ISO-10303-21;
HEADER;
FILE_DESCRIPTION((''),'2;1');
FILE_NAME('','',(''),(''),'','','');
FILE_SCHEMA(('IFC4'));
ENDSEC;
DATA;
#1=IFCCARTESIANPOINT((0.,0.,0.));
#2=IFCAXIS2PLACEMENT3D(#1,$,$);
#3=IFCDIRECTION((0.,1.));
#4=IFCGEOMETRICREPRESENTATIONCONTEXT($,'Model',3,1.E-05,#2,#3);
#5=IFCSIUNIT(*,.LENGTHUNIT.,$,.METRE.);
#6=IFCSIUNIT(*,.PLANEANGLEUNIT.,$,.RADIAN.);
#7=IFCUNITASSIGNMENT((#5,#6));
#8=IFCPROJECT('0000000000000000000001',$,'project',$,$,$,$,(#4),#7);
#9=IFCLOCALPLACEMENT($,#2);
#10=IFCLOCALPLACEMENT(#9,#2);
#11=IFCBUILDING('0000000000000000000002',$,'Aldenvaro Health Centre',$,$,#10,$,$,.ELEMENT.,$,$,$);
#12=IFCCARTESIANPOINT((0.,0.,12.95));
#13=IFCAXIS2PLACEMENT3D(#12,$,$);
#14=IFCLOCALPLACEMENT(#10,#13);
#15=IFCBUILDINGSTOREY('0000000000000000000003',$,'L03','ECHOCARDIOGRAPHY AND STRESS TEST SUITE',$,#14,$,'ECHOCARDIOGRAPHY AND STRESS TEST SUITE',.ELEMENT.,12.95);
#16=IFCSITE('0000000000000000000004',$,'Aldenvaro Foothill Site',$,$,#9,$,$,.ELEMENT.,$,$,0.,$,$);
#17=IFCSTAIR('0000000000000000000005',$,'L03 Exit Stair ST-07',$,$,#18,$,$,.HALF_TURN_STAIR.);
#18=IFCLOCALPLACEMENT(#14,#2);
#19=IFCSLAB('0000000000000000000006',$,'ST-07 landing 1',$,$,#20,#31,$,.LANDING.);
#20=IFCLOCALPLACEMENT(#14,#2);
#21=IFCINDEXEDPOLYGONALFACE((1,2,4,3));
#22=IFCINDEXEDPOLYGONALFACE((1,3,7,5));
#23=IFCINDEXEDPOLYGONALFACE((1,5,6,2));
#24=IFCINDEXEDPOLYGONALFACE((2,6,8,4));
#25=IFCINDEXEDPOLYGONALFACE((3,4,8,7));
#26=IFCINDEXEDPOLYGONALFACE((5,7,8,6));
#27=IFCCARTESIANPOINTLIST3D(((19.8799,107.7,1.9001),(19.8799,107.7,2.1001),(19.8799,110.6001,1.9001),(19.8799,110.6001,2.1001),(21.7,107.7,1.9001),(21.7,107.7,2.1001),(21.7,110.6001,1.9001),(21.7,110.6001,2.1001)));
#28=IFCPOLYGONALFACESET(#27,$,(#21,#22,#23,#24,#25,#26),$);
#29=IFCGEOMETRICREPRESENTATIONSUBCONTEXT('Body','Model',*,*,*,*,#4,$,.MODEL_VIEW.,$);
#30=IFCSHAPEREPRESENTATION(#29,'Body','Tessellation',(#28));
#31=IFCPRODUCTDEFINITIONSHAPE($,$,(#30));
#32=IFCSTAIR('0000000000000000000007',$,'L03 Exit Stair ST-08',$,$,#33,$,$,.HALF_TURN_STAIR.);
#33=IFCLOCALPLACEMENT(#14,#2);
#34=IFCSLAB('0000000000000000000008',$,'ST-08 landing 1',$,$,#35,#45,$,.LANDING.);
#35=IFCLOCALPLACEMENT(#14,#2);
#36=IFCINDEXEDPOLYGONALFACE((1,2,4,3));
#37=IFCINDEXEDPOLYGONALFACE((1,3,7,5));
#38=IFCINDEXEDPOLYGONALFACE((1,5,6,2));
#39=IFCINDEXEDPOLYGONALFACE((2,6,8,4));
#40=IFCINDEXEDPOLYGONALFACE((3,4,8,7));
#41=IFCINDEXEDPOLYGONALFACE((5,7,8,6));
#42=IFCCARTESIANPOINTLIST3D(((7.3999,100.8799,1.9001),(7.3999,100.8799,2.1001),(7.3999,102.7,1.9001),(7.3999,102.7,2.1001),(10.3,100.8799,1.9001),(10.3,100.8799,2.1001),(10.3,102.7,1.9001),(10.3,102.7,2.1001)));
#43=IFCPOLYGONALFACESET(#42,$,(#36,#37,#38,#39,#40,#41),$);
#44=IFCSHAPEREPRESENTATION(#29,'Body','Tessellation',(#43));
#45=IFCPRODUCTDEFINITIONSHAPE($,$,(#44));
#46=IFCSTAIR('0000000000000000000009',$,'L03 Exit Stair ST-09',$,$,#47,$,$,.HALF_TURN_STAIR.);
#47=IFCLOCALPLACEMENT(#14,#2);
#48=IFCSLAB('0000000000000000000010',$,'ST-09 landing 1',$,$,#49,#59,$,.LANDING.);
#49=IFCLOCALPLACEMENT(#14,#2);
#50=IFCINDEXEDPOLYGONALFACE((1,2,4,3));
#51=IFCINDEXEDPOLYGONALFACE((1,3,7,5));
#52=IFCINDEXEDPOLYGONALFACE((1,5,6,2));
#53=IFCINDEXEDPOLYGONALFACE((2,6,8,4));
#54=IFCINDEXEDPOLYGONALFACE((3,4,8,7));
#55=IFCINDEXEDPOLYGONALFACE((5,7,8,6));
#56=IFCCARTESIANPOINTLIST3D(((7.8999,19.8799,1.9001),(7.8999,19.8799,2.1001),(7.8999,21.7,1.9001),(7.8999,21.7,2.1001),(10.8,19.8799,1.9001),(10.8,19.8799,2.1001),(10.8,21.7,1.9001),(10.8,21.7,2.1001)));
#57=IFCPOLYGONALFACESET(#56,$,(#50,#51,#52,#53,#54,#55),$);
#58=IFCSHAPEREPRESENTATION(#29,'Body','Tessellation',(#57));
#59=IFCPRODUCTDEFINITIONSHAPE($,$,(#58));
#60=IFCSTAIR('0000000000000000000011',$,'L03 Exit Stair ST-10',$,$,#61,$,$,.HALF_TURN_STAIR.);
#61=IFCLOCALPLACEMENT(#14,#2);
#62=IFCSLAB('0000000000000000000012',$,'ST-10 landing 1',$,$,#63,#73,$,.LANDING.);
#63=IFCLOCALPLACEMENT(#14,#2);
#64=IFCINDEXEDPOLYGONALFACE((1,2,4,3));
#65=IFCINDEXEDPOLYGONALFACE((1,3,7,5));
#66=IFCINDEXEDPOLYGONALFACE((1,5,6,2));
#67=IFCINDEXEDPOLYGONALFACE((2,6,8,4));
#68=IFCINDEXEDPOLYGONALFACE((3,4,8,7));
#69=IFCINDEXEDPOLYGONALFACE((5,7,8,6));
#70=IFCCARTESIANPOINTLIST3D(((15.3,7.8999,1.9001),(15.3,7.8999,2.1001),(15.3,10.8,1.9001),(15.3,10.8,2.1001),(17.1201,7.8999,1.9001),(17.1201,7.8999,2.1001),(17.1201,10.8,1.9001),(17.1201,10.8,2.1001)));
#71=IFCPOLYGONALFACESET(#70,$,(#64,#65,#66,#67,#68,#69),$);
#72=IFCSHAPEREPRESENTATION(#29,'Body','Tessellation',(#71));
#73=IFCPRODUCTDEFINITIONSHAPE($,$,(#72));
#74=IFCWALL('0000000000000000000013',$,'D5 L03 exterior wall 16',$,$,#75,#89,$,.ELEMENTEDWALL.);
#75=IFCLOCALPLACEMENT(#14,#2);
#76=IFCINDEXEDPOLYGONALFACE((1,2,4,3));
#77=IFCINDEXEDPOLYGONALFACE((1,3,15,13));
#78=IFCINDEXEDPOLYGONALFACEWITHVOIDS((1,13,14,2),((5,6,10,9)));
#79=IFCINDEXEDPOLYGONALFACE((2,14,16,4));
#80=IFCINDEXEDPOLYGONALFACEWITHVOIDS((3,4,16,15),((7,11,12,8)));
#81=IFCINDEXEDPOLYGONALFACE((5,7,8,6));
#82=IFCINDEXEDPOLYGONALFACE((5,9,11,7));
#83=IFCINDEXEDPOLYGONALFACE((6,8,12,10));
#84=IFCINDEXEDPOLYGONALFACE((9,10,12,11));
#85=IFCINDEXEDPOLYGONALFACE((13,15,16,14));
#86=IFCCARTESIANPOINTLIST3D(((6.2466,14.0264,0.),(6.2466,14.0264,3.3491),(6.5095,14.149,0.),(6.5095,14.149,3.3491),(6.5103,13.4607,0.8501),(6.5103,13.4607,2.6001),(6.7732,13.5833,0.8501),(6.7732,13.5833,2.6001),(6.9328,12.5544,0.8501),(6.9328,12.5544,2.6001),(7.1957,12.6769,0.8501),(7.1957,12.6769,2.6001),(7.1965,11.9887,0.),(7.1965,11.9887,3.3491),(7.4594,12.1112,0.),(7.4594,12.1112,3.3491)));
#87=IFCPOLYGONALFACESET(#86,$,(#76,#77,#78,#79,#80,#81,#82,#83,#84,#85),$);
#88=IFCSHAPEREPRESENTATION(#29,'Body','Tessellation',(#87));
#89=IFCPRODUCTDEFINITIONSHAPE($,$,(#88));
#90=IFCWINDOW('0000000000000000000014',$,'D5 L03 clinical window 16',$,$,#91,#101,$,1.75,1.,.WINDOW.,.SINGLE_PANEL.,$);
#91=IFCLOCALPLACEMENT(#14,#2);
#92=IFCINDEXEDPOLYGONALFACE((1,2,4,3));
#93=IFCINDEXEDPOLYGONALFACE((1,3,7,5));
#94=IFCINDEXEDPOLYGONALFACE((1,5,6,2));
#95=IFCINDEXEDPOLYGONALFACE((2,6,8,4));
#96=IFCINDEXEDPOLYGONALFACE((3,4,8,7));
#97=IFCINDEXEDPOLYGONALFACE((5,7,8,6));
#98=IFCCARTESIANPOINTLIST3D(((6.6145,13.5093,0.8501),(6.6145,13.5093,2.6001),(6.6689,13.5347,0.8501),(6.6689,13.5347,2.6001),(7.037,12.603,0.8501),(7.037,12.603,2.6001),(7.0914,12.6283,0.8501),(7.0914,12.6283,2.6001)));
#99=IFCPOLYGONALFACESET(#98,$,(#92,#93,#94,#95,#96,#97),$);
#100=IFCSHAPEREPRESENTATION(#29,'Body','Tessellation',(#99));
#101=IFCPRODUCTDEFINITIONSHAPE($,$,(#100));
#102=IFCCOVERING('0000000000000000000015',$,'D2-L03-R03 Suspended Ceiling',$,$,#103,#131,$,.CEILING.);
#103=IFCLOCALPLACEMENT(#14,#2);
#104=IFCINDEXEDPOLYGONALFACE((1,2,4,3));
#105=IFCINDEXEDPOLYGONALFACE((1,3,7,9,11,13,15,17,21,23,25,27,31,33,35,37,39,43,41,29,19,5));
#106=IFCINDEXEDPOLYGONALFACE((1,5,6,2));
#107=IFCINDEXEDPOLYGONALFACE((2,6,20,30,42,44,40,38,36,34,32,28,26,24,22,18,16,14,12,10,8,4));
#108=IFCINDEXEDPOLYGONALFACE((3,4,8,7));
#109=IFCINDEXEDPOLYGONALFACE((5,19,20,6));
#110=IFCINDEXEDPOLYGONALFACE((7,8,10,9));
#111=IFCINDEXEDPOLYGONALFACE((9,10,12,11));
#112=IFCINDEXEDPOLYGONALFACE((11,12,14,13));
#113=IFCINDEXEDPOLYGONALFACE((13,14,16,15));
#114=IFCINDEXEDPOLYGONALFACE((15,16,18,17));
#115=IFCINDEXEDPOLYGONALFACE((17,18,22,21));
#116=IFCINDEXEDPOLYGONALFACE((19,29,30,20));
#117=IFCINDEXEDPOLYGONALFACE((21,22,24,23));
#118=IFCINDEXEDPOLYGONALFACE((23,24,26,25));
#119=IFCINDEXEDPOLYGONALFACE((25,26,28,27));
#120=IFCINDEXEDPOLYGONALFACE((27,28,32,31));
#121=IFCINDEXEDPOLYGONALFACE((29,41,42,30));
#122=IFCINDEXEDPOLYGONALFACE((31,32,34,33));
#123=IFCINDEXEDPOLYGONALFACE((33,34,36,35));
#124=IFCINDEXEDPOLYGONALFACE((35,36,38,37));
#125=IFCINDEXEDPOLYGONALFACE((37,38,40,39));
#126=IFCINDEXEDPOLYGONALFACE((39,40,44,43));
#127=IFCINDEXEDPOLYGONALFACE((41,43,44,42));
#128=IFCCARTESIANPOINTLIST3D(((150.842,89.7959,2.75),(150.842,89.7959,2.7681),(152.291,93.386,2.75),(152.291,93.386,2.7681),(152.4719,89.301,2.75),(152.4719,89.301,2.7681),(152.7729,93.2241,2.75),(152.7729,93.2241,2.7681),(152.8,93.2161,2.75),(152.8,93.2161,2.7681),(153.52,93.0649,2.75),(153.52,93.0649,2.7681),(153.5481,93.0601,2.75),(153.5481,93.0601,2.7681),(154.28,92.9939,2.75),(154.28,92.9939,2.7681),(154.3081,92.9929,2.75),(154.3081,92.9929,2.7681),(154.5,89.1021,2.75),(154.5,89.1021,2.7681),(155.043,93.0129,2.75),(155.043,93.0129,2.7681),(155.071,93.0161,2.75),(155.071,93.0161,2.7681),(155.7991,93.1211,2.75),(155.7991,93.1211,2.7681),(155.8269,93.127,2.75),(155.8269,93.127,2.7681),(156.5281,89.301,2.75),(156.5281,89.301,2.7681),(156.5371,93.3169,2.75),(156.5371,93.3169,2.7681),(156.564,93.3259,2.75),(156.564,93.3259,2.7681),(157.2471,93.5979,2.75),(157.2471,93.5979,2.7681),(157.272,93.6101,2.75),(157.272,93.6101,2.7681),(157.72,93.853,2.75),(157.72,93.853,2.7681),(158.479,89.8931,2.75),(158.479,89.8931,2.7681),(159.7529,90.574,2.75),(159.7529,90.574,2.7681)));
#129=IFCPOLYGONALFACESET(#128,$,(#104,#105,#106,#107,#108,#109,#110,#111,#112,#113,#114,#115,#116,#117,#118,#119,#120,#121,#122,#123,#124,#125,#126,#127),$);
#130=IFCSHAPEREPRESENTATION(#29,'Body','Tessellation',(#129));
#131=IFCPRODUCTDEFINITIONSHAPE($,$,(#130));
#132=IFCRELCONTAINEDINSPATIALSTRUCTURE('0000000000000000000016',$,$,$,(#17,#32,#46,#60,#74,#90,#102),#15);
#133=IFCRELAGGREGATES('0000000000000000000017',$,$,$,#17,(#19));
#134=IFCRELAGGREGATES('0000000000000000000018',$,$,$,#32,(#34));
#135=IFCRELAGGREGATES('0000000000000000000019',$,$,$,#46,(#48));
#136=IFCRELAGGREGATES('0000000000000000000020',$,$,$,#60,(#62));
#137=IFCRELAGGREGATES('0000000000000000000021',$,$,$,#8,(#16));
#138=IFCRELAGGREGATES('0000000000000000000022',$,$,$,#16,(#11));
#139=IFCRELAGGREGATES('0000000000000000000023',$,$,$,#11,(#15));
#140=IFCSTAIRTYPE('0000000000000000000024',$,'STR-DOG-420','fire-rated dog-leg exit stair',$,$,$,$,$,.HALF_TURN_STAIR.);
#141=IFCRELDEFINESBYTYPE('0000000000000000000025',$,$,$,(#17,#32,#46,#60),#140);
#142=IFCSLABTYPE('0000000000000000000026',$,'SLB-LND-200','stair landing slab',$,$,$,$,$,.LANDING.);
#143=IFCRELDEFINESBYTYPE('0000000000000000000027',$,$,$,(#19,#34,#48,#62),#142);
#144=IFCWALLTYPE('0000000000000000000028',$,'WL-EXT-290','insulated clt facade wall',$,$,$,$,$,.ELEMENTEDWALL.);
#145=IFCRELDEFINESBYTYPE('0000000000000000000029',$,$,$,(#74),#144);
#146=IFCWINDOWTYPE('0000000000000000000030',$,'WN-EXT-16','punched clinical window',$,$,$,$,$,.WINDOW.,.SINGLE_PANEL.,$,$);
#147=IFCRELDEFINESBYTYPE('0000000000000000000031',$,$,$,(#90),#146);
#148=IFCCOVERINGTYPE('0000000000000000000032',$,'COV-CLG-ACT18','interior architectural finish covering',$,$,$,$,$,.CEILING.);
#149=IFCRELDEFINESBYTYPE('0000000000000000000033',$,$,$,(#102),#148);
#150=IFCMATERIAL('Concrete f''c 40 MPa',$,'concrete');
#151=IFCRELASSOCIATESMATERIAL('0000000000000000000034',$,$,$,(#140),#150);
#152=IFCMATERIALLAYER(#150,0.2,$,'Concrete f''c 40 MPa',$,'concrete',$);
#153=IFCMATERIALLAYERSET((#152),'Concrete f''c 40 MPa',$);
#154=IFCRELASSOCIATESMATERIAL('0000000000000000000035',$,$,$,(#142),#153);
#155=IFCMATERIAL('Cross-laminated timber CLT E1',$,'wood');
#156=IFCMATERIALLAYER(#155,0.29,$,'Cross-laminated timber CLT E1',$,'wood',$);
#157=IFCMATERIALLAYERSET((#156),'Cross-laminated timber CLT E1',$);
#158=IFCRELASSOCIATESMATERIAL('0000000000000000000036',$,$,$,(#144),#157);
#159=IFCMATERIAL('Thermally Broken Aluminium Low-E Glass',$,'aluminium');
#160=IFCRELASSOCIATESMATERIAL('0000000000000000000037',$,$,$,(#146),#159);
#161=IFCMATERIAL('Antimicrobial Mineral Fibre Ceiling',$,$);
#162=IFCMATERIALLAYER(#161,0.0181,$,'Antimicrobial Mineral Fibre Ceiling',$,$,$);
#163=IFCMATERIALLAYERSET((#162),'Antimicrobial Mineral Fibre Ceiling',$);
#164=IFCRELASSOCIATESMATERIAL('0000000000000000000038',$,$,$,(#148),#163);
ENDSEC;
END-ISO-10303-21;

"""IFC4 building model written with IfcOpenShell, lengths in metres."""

from ifc_helpers import new_model, si_unit, direction, frame, frame_2d, origin, place, context, subcontext, project, spatial, polyline, rectangle, outline, extrude, material, layer, layer_set, type_object, element, fill, aggregate, save


model = new_model("IFC4")

# Units and contexts
model_context = context("Model", 3, precision=1e-05, world=origin(), true_north=direction((0.0, 1.0)))
body_context = subcontext(model_context, "Body", "Model", "MODEL_VIEW")
ifc_project = project(units=[si_unit("LENGTHUNIT", "METRE"), si_unit("PLANEANGLEUNIT", "RADIAN")], contexts=[model_context])

# Site, building, storey
site_placement = place(None, origin())
site = spatial("IfcSite", under=ifc_project, at=site_placement, Name="Aldenvaro Foothill Site", CompositionType="ELEMENT", RefElevation=0.0)
building_placement = place(site_placement, origin())
building = spatial("IfcBuilding", under=site, at=building_placement, Name="Aldenvaro Health Centre", CompositionType="ELEMENT")
storey_placement = place(building_placement, frame((0.0, 0.0, 12.95)))
storey = spatial("IfcBuildingStorey", under=building, at=storey_placement, Name="L03", Description="ECHOCARDIOGRAPHY AND STRESS TEST SUITE", LongName="ECHOCARDIOGRAPHY AND STRESS TEST SUITE", CompositionType="ELEMENT", Elevation=12.95)

# Stairs, slabs
ifc_material_1 = material(Name="Concrete f'c 40 MPa", Category="concrete")
stair_type = type_object("IfcStairType", Name="STR-DOG-420", Description="fire-rated dog-leg exit stair", PredefinedType="HALF_TURN_STAIR", material=ifc_material_1)
stair_1_placement = place(storey_placement, origin())
stair_1 = element("IfcStair", 1, at=stair_1_placement, inside=storey, type_object=stair_type, Name="L03 Exit Stair ST-07", PredefinedType="HALF_TURN_STAIR")
ifc_layer_1 = layer(ifc_material_1, 0.2, Name="Concrete f'c 40 MPa", Category="concrete")
ifc_layer_set_1 = layer_set([ifc_layer_1], Name="Concrete f'c 40 MPa")
slab_type = type_object("IfcSlabType", Name="SLB-LND-200", Description="stair landing slab", PredefinedType="LANDING", material=ifc_layer_set_1)
slab_1_placement = place(storey_placement, frame((0.0, 0.0, 1.9001)))
slab_1 = element("IfcSlab", 2, at=slab_1_placement, type_object=slab_type, Name="ST-07 landing 1", PredefinedType="LANDING", context=body_context, shape_type="SweptSolid", body=[
    extrude(outline(polyline([(19.8799, 107.7), (21.7, 107.7), (21.7, 110.6001), (19.8799, 110.6001), (19.8799, 107.7)])), origin(), (0.0, 0.0, 1.0), 0.2),
])
aggregate(stair_1, [slab_1])
stair_2_placement = place(storey_placement, origin())
stair_2 = element("IfcStair", 3, at=stair_2_placement, inside=storey, type_object=stair_type, Name="L03 Exit Stair ST-08", PredefinedType="HALF_TURN_STAIR")
slab_2_placement = place(storey_placement, frame((0.0, 0.0, 1.9001)))
slab_2 = element("IfcSlab", 4, at=slab_2_placement, type_object=slab_type, Name="ST-08 landing 1", PredefinedType="LANDING", context=body_context, shape_type="SweptSolid", body=[
    extrude(outline(polyline([(10.3, 100.8799), (10.3, 102.7), (7.3999, 102.7), (7.3999, 100.8799), (10.3, 100.8799)])), origin(), (0.0, 0.0, 1.0), 0.2),
])
aggregate(stair_2, [slab_2])
stair_3_placement = place(storey_placement, origin())
stair_3 = element("IfcStair", 5, at=stair_3_placement, inside=storey, type_object=stair_type, Name="L03 Exit Stair ST-09", PredefinedType="HALF_TURN_STAIR")
slab_3_placement = place(storey_placement, frame((0.0, 0.0, 1.9001)))
slab_3 = element("IfcSlab", 6, at=slab_3_placement, type_object=slab_type, Name="ST-09 landing 1", PredefinedType="LANDING", context=body_context, shape_type="SweptSolid", body=[
    extrude(outline(polyline([(10.8, 19.8799), (10.8, 21.7), (7.8999, 21.7), (7.8999, 19.8799), (10.8, 19.8799)])), origin(), (0.0, 0.0, 1.0), 0.2),
])
aggregate(stair_3, [slab_3])
stair_4_placement = place(storey_placement, origin())
stair_4 = element("IfcStair", 7, at=stair_4_placement, inside=storey, type_object=stair_type, Name="L03 Exit Stair ST-10", PredefinedType="HALF_TURN_STAIR")
slab_4_placement = place(storey_placement, frame((0.0, 0.0, 1.9001)))
slab_4 = element("IfcSlab", 8, at=slab_4_placement, type_object=slab_type, Name="ST-10 landing 1", PredefinedType="LANDING", context=body_context, shape_type="SweptSolid", body=[
    extrude(outline(polyline([(17.1201, 10.8), (15.3, 10.8), (15.3, 7.8999), (17.1201, 7.8999), (17.1201, 10.8)])), origin(), (0.0, 0.0, 1.0), 0.2),
])
aggregate(stair_4, [slab_4])

# Wall, opening, window
ifc_material_2 = material(Name="Cross-laminated timber CLT E1", Category="wood")
ifc_layer_2 = layer(ifc_material_2, 0.29, Name="Cross-laminated timber CLT E1", Category="wood")
ifc_layer_set_2 = layer_set([ifc_layer_2], Name="Cross-laminated timber CLT E1")
wall_type = type_object("IfcWallType", Name="WL-EXT-290", Description="insulated clt facade wall", PredefinedType="ELEMENTEDWALL", material=ifc_layer_set_2)
wall_placement = place(storey_placement, frame((7.3279, 12.05, 0.0), z_axis=(0.0, 0.0, 1.0), x_axis=(-0.422505, 0.906361, 0.0)))
wall = element("IfcWall", 9, at=wall_placement, inside=storey, type_object=wall_type, Name="D5 L03 exterior wall 16", PredefinedType="ELEMENTEDWALL", context=body_context, shape_type="SweptSolid", body=[
    extrude(rectangle(XDim=2.2483, YDim=0.29, at=frame_2d((1.124, 0.0))), origin(), (0.0, 0.0, 1.0), 3.3491),
])
opening_placement = place(wall_placement, frame((0.624, 0.0, 0.8501)))
opening = element("IfcOpeningElement", 10, at=opening_placement, cuts=wall, PredefinedType="OPENING", context=body_context, shape_type="SweptSolid", body=[
    extrude(rectangle(XDim=1.0, YDim=1.75, at=frame_2d((0.5, 0.875))), frame((0.0, 0.155, 0.0), z_axis=(0.0, -1.0, 0.0), x_axis=(1.0, 0.0, 0.0)), (0.0, 0.0, 1.0), 0.3101),
])
ifc_material_3 = material(Name="Thermally Broken Aluminium Low-E Glass", Category="aluminium")
window_type = type_object("IfcWindowType", Name="WN-EXT-16", Description="punched clinical window", PartitioningType="SINGLE_PANEL", PredefinedType="WINDOW", material=ifc_material_3)
window_placement = place(opening_placement, origin())
window = element("IfcWindow", 11, at=window_placement, inside=storey, type_object=window_type, Name="D5 L03 clinical window 16", OverallHeight=1.75, OverallWidth=1.0, PartitioningType="SINGLE_PANEL", PredefinedType="WINDOW", context=body_context, shape_type="SweptSolid", body=[
    extrude(rectangle(XDim=1.0, YDim=1.75, at=frame_2d((0.5, 0.875))), frame((0.0, 0.03, 0.0), z_axis=(0.0, -1.0, 0.0), x_axis=(1.0, 0.0, 0.0)), (0.0, 0.0, 1.0), 0.0601),
])
fill(opening, window)

# Covering
ifc_material_4 = material(Name="Antimicrobial Mineral Fibre Ceiling")
ifc_layer_3 = layer(ifc_material_4, 0.0181, Name="Antimicrobial Mineral Fibre Ceiling")
ifc_layer_set_3 = layer_set([ifc_layer_3], Name="Antimicrobial Mineral Fibre Ceiling")
covering_type_1 = type_object("IfcCoveringType", Name="COV-CLG-ACT18", Description="interior architectural finish covering", PredefinedType="CEILING", material=ifc_layer_set_3)
covering_1_placement = place(storey_placement, frame((0.0, 0.0, 2.75)))
element("IfcCovering", 12, at=covering_1_placement, inside=storey, type_object=covering_type_1, Name="D2-L03-R03 Suspended Ceiling", PredefinedType="CEILING", context=body_context, shape_type="SweptSolid", body=[
    extrude(outline(polyline([(152.7729, 93.2241), (152.8, 93.2161), (153.52, 93.0649), (153.5481, 93.0601), (154.28, 92.9939), (154.3081, 92.9929), (155.043, 93.0129), (155.071, 93.0161), (155.7991, 93.1211), (155.8269, 93.127), (156.5371, 93.3169), (156.564, 93.3259), (157.2471, 93.5979), (157.272, 93.6101), (157.72, 93.853), (159.7529, 90.574), (158.479, 89.8931), (156.5281, 89.301), (154.5, 89.1021), (152.4719, 89.301), (150.842, 89.7959), (152.291, 93.386), (152.7729, 93.2241)])), origin(), (0.0, 0.0, 1.0), 0.0181),
])

save(model, "model.ifc")
